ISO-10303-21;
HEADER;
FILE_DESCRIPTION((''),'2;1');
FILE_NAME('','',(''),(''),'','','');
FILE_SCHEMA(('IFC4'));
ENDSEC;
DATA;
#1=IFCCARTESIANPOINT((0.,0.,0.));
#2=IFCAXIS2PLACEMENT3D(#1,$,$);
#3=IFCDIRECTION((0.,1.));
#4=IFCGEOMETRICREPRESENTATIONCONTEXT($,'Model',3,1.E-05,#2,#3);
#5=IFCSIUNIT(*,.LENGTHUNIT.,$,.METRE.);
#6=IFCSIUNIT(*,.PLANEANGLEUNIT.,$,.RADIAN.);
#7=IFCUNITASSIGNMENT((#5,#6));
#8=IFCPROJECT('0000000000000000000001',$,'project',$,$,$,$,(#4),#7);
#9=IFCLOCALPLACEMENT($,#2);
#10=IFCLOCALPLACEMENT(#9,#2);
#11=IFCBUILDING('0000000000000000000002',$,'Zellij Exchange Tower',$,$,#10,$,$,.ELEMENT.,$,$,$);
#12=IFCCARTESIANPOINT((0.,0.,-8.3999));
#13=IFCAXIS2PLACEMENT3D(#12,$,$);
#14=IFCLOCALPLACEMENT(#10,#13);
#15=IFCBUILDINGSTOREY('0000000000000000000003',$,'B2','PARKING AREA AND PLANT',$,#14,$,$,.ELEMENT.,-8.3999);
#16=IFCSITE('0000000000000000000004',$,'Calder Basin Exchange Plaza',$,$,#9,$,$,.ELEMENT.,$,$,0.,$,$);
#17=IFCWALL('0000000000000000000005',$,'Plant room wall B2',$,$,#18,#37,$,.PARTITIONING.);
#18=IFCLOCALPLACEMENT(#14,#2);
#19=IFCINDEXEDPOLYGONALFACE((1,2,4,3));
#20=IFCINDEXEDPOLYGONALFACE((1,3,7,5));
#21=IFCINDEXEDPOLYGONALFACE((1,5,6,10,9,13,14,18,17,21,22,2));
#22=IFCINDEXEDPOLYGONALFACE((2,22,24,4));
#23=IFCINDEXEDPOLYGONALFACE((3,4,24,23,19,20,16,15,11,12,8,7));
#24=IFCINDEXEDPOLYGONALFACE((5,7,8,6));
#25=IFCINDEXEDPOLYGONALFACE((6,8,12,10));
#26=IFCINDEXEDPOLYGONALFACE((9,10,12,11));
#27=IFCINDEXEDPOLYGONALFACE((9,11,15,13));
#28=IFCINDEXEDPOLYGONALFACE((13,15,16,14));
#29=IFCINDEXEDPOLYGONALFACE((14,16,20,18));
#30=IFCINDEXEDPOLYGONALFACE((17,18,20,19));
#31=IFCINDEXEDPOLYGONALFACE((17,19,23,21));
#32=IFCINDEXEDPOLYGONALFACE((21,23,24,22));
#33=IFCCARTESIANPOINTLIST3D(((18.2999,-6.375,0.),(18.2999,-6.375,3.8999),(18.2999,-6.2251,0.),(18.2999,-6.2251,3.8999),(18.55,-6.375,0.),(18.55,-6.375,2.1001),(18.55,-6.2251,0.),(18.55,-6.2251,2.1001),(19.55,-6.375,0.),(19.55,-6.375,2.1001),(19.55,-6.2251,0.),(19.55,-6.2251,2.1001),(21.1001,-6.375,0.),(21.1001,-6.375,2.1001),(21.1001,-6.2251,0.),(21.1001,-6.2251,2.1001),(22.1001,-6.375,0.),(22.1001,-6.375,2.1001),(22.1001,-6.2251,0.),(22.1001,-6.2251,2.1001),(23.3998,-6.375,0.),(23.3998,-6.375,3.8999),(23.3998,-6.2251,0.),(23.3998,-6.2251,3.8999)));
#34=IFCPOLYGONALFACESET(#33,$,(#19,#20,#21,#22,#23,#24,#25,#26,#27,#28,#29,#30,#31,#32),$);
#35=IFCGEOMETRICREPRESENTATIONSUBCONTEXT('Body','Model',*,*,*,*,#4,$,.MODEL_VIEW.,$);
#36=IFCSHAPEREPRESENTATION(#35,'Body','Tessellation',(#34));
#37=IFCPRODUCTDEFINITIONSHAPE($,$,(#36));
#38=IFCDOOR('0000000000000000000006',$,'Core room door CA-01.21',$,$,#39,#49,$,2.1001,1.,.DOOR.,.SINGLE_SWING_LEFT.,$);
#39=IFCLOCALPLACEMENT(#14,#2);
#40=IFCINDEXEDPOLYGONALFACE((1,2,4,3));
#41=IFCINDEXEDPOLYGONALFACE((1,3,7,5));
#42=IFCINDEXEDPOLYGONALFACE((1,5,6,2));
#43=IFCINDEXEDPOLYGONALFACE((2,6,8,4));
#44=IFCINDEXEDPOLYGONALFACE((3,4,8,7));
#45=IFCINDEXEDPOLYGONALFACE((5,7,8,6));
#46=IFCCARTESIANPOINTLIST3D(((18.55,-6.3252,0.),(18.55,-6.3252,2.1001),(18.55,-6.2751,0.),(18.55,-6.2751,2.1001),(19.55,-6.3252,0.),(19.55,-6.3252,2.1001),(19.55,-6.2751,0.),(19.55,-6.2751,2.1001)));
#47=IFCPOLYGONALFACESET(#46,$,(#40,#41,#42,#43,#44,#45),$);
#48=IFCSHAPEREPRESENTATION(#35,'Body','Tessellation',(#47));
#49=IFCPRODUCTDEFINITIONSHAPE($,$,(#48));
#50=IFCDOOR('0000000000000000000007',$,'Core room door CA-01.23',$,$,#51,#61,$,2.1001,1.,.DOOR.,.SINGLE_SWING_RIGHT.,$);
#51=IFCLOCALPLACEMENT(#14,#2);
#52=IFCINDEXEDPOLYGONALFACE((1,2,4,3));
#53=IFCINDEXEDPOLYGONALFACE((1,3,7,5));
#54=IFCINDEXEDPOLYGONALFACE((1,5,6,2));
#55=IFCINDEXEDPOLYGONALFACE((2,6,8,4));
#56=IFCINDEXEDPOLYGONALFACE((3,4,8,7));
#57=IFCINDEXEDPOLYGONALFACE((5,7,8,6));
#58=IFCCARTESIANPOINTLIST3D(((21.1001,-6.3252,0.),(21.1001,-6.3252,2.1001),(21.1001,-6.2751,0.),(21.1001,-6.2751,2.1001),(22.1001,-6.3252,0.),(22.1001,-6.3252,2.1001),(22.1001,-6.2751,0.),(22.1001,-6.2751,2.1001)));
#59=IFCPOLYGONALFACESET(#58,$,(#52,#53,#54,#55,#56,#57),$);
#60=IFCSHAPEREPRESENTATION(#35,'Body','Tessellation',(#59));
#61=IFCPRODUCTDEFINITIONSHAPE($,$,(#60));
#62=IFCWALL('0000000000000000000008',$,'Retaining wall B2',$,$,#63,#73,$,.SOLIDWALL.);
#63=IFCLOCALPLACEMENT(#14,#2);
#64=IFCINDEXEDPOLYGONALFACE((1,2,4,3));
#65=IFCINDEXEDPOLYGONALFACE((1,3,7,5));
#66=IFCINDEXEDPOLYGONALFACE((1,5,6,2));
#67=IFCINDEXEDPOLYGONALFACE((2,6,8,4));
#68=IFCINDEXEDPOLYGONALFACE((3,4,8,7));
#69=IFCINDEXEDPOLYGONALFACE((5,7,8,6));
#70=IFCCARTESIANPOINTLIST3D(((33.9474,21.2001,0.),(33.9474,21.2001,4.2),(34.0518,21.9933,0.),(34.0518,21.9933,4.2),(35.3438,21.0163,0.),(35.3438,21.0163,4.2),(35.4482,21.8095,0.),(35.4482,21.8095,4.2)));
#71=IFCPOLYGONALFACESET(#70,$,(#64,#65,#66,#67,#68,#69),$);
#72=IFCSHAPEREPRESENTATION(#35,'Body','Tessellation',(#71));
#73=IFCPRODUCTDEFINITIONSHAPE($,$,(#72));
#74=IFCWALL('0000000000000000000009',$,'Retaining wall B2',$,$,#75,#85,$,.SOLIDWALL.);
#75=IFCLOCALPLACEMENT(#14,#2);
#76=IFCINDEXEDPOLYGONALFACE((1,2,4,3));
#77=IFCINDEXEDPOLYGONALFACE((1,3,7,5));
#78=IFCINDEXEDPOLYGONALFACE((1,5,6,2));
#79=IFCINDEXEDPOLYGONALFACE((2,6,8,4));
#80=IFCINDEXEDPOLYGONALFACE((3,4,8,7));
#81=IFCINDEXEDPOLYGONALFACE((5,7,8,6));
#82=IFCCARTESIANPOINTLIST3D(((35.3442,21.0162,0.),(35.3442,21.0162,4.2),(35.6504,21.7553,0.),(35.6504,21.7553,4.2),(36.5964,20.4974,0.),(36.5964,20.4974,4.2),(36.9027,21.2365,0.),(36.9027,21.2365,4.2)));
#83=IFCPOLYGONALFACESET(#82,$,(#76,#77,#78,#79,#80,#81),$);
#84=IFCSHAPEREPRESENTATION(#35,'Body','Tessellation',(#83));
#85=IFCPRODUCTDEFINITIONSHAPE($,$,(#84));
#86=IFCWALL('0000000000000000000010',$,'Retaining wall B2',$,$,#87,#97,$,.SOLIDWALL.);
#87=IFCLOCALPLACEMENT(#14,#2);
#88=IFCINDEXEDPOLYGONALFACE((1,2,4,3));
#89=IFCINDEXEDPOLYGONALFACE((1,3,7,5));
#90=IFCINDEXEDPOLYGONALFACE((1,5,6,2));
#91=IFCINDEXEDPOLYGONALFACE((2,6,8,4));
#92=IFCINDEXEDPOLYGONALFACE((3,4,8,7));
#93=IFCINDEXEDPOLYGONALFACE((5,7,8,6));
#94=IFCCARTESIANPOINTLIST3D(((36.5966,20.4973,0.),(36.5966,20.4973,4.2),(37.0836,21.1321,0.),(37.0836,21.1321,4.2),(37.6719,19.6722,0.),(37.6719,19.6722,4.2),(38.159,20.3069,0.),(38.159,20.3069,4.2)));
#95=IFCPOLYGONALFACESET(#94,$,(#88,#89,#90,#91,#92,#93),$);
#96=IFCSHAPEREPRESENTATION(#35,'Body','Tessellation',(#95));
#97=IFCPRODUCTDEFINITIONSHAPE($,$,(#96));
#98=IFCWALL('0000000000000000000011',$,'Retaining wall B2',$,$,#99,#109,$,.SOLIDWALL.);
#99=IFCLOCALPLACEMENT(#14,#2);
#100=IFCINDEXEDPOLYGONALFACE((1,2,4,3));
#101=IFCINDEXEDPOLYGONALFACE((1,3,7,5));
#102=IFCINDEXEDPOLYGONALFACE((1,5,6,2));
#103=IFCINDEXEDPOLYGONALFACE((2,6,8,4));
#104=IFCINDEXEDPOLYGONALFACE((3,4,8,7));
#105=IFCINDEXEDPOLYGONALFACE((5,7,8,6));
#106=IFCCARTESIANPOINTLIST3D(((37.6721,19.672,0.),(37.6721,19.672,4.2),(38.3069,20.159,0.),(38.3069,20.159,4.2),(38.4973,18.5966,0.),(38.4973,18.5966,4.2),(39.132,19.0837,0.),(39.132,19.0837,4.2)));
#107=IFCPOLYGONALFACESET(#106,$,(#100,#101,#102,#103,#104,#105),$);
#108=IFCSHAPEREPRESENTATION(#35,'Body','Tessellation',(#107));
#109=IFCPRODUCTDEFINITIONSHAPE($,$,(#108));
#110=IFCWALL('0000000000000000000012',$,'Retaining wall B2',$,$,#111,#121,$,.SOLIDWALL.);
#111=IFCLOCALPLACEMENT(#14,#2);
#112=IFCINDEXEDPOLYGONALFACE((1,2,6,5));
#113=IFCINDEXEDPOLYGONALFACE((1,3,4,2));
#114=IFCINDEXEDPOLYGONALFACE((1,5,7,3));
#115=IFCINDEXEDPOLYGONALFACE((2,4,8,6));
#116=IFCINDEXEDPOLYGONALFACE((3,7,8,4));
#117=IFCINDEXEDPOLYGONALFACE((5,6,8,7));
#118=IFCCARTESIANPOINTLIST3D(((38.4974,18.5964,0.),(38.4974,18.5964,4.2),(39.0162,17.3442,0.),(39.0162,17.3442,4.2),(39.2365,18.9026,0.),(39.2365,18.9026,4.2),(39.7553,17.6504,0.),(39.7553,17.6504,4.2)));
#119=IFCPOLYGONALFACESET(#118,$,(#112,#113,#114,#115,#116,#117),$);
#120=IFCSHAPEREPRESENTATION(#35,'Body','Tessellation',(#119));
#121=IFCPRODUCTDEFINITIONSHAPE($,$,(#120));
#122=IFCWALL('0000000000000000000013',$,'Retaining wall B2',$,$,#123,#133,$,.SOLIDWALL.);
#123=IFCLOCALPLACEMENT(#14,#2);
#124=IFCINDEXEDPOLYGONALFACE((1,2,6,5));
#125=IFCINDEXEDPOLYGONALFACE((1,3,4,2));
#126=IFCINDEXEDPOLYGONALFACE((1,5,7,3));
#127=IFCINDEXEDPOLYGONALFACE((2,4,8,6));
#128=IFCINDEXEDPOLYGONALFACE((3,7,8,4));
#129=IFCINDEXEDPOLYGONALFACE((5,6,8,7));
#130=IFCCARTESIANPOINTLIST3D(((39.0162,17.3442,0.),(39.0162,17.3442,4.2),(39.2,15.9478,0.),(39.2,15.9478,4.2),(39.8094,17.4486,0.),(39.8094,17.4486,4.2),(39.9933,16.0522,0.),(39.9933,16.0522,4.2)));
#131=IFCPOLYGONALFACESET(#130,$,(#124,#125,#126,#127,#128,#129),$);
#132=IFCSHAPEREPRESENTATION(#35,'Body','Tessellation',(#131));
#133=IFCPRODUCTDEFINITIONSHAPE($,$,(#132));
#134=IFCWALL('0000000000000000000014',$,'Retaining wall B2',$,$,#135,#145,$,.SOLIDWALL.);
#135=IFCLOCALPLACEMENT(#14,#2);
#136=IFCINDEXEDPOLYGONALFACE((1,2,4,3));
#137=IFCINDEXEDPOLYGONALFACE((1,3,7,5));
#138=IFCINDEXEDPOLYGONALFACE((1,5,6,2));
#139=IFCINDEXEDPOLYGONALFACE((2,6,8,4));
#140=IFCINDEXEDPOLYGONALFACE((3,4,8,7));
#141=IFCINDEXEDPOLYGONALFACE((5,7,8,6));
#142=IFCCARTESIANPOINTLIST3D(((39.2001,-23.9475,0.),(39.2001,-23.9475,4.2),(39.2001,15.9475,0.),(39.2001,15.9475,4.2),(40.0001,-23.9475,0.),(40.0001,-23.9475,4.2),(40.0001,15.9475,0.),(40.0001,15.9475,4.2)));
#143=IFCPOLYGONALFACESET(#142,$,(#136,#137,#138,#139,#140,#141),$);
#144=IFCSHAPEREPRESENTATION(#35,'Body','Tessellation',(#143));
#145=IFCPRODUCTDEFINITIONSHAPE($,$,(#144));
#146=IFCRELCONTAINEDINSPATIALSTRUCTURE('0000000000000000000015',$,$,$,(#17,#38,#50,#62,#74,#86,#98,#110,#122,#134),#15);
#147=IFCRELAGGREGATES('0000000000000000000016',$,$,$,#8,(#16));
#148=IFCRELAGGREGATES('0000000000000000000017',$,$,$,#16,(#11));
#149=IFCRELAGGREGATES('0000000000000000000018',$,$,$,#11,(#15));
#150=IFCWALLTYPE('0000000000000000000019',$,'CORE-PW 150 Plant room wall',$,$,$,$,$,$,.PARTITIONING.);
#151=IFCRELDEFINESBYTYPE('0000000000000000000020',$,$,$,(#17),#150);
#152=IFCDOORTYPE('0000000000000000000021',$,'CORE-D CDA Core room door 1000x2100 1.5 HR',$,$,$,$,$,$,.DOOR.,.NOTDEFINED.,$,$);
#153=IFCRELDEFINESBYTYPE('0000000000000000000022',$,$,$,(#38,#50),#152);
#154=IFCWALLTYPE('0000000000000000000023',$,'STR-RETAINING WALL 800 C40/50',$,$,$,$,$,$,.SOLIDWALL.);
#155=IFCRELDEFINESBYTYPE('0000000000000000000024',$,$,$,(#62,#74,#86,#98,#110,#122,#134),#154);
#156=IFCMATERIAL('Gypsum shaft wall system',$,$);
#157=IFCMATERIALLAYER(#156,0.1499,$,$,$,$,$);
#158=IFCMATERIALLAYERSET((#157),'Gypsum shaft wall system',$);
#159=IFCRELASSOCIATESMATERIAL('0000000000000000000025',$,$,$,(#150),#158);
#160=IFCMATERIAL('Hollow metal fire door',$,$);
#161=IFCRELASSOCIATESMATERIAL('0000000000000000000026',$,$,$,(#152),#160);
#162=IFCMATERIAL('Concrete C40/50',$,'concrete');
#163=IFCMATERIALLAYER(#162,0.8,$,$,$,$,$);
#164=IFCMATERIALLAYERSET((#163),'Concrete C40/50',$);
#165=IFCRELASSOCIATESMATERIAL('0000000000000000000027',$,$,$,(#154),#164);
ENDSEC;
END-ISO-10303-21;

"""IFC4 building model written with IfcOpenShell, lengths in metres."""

from ifc_helpers import new_model, si_unit, direction, frame, frame_2d, origin, place, context, subcontext, project, spatial, rectangle, extrude, material, layer, layer_set, type_object, element, fill, save


model = new_model("IFC4")

# Units and contexts
model_context = context("Model", 3, precision=1e-05, world=origin(), true_north=direction((0.0, 1.0)))
body_context = subcontext(model_context, "Body", "Model", "MODEL_VIEW")
ifc_project = project(units=[si_unit("LENGTHUNIT", "METRE"), si_unit("PLANEANGLEUNIT", "RADIAN")], contexts=[model_context])

# Site, building, storey
site_placement = place(None, origin())
site = spatial("IfcSite", under=ifc_project, at=site_placement, Name="Calder Basin Exchange Plaza", CompositionType="ELEMENT", RefElevation=0.0)
building_placement = place(site_placement, origin())
building = spatial("IfcBuilding", under=site, at=building_placement, Name="Zellij Exchange Tower", CompositionType="ELEMENT")
storey_placement = place(building_placement, frame((0.0, 0.0, -8.3999)))
storey = spatial("IfcBuildingStorey", under=building, at=storey_placement, Name="B2", Description="PARKING AREA AND PLANT", CompositionType="ELEMENT", Elevation=-8.3999)

# Shared definitions
ifc_material_1 = material(Name="Concrete C40/50", Category="concrete")

# Shared definitions
ifc_material_2 = material(Name="Gypsum shaft wall system")
ifc_layer_1 = layer(ifc_material_2, 0.1499)
ifc_layer_set_1 = layer_set([ifc_layer_1], Name="Gypsum shaft wall system")
wall_type_1 = type_object("IfcWallType", Name="CORE-PW 150 Plant room wall", PredefinedType="PARTITIONING", material=ifc_layer_set_1)

# Wall, openings, doors
wall_1_placement = place(storey_placement, frame((18.3, -6.3, 0.0), z_axis=(0.0, 0.0, 1.0), x_axis=(1.0, 0.0, 0.0)))
wall_1 = element("IfcWall", 1, at=wall_1_placement, inside=storey, type_object=wall_type_1, Name="Plant room wall B2", PredefinedType="PARTITIONING", context=body_context, shape_type="SweptSolid", body=[
    extrude(rectangle(XDim=5.0999, YDim=0.1499, at=frame_2d((2.5498, 0.0))), origin(), (0.0, 0.0, 1.0), 3.8999),
])
opening_1_placement = place(wall_1_placement, frame((0.25, 0.0, 0.0)))
opening_1 = element("IfcOpeningElement", 2, at=opening_1_placement, cuts=wall_1, PredefinedType="OPENING", context=body_context, shape_type="SweptSolid", body=[
    extrude(rectangle(XDim=1.0, YDim=2.1001, at=frame_2d((0.5, 1.05))), frame((0.0, 0.0869, 0.0), z_axis=(0.0, -1.0, 0.0), x_axis=(1.0, 0.0, 0.0)), (0.0, 0.0, 1.0), 0.1738),
])
opening_2_placement = place(wall_1_placement, frame((2.8, 0.0, 0.0)))
opening_2 = element("IfcOpeningElement", 3, at=opening_2_placement, cuts=wall_1, PredefinedType="OPENING", context=body_context, shape_type="SweptSolid", body=[
    extrude(rectangle(XDim=1.0, YDim=2.1001, at=frame_2d((0.5, 1.05))), frame((0.0, 0.0869, 0.0), z_axis=(0.0, -1.0, 0.0), x_axis=(1.0, 0.0, 0.0)), (0.0, 0.0, 1.0), 0.1738),
])
ifc_material_3 = material(Name="Hollow metal fire door")
door_type = type_object("IfcDoorType", Name="CORE-D CDA Core room door 1000x2100 1.5 HR", OperationType="NOTDEFINED", PredefinedType="DOOR", material=ifc_material_3)
door_1_placement = place(opening_1_placement, origin())
door_1 = element("IfcDoor", 4, at=door_1_placement, inside=storey, type_object=door_type, Name="Core room door CA-01.21", OperationType="SINGLE_SWING_LEFT", OverallHeight=2.1001, OverallWidth=1.0, PredefinedType="DOOR", context=body_context, shape_type="SweptSolid", body=[
    extrude(rectangle(XDim=1.0, YDim=2.1001, at=frame_2d((0.5, 1.05))), frame((0.0, 0.0249, 0.0), z_axis=(0.0, -1.0, 0.0), x_axis=(1.0, 0.0, 0.0)), (0.0, 0.0, 1.0), 0.05),
])
fill(opening_1, door_1)
door_2_placement = place(opening_2_placement, origin())
door_2 = element("IfcDoor", 5, at=door_2_placement, inside=storey, type_object=door_type, Name="Core room door CA-01.23", OperationType="SINGLE_SWING_RIGHT", OverallHeight=2.1001, OverallWidth=1.0, PredefinedType="DOOR", context=body_context, shape_type="SweptSolid", body=[
    extrude(rectangle(XDim=1.0, YDim=2.1001, at=frame_2d((0.5, 1.05))), frame((0.0, 0.0249, 0.0), z_axis=(0.0, -1.0, 0.0), x_axis=(1.0, 0.0, 0.0)), (0.0, 0.0, 1.0), 0.05),
])
fill(opening_2, door_2)

# Walls
ifc_layer_2 = layer(ifc_material_1, 0.8)
ifc_layer_set_2 = layer_set([ifc_layer_2], Name="Concrete C40/50")
wall_type_2 = type_object("IfcWallType", Name="STR-RETAINING WALL 800 C40/50", PredefinedType="SOLIDWALL", material=ifc_layer_set_2)
wall_2_placement = place(storey_placement, frame((33.9998, 21.5967, 0.0), z_axis=(0.0, 0.0, 1.0), x_axis=(0.991446, -0.130517, 0.0)))
element("IfcWall", 6, at=wall_2_placement, inside=storey, type_object=wall_type_2, Name="Retaining wall B2", PredefinedType="SOLIDWALL", context=body_context, shape_type="SweptSolid", body=[
    extrude(rectangle(XDim=1.4084, YDim=0.8, at=frame_2d((0.7041, 0.0))), origin(), (0.0, 0.0, 1.0), 4.2),
])
for number, where, z_axis, x_axis, name in (
    (7, (35.4973, 21.3857, 0.0), (0.0, 0.0, 1.0), (0.923848, -0.38276, 0.0), "Retaining wall B2"),
    (8, (36.8401, 20.8147, 0.0), (0.0, 0.0, 1.0), (0.79336, -0.608753, 0.0), "Retaining wall B2"),
    (9, (37.9895, 19.9155, 0.0), (0.0, 0.0, 1.0), (0.608753, -0.79336, 0.0), "Retaining wall B2"),
    (10, (38.8669, 18.7495, 0.0), (0.0, 0.0, 1.0), (0.38276, -0.923848, 0.0), "Retaining wall B2"),
):
    element("IfcWall", number, at=place(storey_placement, frame(where, z_axis=z_axis, x_axis=x_axis)), inside=storey, type_object=wall_type_2, Name=name, PredefinedType="SOLIDWALL", context=body_context, shape_type="SweptSolid", body=[
        extrude(rectangle(XDim=1.3555, YDim=0.8, at=frame_2d((0.6777, 0.0))), origin(), (0.0, 0.0, 1.0), 4.2),
    ])
wall_3_placement = place(storey_placement, frame((39.4128, 17.3962, 0.0), z_axis=(0.0, 0.0, 1.0), x_axis=(0.130517, -0.991446, 0.0)))
element("IfcWall", 11, at=wall_3_placement, inside=storey, type_object=wall_type_2, Name="Retaining wall B2", PredefinedType="SOLIDWALL", context=body_context, shape_type="SweptSolid", body=[
    extrude(rectangle(XDim=1.4084, YDim=0.8, at=frame_2d((0.7041, 0.0))), origin(), (0.0, 0.0, 1.0), 4.2),
])
wall_4_placement = place(storey_placement, frame((39.6001, 15.9475, 0.0), z_axis=(0.0, 0.0, 1.0), x_axis=(0.0, -1.0, 0.0)))
element("IfcWall", 12, at=wall_4_placement, inside=storey, type_object=wall_type_2, Name="Retaining wall B2", PredefinedType="SOLIDWALL", context=body_context, shape_type="SweptSolid", body=[
    extrude(rectangle(XDim=39.895, YDim=0.8, at=frame_2d((19.9475, 0.0))), origin(), (0.0, 0.0, 1.0), 4.2),
])

save(model, "model.ifc")
